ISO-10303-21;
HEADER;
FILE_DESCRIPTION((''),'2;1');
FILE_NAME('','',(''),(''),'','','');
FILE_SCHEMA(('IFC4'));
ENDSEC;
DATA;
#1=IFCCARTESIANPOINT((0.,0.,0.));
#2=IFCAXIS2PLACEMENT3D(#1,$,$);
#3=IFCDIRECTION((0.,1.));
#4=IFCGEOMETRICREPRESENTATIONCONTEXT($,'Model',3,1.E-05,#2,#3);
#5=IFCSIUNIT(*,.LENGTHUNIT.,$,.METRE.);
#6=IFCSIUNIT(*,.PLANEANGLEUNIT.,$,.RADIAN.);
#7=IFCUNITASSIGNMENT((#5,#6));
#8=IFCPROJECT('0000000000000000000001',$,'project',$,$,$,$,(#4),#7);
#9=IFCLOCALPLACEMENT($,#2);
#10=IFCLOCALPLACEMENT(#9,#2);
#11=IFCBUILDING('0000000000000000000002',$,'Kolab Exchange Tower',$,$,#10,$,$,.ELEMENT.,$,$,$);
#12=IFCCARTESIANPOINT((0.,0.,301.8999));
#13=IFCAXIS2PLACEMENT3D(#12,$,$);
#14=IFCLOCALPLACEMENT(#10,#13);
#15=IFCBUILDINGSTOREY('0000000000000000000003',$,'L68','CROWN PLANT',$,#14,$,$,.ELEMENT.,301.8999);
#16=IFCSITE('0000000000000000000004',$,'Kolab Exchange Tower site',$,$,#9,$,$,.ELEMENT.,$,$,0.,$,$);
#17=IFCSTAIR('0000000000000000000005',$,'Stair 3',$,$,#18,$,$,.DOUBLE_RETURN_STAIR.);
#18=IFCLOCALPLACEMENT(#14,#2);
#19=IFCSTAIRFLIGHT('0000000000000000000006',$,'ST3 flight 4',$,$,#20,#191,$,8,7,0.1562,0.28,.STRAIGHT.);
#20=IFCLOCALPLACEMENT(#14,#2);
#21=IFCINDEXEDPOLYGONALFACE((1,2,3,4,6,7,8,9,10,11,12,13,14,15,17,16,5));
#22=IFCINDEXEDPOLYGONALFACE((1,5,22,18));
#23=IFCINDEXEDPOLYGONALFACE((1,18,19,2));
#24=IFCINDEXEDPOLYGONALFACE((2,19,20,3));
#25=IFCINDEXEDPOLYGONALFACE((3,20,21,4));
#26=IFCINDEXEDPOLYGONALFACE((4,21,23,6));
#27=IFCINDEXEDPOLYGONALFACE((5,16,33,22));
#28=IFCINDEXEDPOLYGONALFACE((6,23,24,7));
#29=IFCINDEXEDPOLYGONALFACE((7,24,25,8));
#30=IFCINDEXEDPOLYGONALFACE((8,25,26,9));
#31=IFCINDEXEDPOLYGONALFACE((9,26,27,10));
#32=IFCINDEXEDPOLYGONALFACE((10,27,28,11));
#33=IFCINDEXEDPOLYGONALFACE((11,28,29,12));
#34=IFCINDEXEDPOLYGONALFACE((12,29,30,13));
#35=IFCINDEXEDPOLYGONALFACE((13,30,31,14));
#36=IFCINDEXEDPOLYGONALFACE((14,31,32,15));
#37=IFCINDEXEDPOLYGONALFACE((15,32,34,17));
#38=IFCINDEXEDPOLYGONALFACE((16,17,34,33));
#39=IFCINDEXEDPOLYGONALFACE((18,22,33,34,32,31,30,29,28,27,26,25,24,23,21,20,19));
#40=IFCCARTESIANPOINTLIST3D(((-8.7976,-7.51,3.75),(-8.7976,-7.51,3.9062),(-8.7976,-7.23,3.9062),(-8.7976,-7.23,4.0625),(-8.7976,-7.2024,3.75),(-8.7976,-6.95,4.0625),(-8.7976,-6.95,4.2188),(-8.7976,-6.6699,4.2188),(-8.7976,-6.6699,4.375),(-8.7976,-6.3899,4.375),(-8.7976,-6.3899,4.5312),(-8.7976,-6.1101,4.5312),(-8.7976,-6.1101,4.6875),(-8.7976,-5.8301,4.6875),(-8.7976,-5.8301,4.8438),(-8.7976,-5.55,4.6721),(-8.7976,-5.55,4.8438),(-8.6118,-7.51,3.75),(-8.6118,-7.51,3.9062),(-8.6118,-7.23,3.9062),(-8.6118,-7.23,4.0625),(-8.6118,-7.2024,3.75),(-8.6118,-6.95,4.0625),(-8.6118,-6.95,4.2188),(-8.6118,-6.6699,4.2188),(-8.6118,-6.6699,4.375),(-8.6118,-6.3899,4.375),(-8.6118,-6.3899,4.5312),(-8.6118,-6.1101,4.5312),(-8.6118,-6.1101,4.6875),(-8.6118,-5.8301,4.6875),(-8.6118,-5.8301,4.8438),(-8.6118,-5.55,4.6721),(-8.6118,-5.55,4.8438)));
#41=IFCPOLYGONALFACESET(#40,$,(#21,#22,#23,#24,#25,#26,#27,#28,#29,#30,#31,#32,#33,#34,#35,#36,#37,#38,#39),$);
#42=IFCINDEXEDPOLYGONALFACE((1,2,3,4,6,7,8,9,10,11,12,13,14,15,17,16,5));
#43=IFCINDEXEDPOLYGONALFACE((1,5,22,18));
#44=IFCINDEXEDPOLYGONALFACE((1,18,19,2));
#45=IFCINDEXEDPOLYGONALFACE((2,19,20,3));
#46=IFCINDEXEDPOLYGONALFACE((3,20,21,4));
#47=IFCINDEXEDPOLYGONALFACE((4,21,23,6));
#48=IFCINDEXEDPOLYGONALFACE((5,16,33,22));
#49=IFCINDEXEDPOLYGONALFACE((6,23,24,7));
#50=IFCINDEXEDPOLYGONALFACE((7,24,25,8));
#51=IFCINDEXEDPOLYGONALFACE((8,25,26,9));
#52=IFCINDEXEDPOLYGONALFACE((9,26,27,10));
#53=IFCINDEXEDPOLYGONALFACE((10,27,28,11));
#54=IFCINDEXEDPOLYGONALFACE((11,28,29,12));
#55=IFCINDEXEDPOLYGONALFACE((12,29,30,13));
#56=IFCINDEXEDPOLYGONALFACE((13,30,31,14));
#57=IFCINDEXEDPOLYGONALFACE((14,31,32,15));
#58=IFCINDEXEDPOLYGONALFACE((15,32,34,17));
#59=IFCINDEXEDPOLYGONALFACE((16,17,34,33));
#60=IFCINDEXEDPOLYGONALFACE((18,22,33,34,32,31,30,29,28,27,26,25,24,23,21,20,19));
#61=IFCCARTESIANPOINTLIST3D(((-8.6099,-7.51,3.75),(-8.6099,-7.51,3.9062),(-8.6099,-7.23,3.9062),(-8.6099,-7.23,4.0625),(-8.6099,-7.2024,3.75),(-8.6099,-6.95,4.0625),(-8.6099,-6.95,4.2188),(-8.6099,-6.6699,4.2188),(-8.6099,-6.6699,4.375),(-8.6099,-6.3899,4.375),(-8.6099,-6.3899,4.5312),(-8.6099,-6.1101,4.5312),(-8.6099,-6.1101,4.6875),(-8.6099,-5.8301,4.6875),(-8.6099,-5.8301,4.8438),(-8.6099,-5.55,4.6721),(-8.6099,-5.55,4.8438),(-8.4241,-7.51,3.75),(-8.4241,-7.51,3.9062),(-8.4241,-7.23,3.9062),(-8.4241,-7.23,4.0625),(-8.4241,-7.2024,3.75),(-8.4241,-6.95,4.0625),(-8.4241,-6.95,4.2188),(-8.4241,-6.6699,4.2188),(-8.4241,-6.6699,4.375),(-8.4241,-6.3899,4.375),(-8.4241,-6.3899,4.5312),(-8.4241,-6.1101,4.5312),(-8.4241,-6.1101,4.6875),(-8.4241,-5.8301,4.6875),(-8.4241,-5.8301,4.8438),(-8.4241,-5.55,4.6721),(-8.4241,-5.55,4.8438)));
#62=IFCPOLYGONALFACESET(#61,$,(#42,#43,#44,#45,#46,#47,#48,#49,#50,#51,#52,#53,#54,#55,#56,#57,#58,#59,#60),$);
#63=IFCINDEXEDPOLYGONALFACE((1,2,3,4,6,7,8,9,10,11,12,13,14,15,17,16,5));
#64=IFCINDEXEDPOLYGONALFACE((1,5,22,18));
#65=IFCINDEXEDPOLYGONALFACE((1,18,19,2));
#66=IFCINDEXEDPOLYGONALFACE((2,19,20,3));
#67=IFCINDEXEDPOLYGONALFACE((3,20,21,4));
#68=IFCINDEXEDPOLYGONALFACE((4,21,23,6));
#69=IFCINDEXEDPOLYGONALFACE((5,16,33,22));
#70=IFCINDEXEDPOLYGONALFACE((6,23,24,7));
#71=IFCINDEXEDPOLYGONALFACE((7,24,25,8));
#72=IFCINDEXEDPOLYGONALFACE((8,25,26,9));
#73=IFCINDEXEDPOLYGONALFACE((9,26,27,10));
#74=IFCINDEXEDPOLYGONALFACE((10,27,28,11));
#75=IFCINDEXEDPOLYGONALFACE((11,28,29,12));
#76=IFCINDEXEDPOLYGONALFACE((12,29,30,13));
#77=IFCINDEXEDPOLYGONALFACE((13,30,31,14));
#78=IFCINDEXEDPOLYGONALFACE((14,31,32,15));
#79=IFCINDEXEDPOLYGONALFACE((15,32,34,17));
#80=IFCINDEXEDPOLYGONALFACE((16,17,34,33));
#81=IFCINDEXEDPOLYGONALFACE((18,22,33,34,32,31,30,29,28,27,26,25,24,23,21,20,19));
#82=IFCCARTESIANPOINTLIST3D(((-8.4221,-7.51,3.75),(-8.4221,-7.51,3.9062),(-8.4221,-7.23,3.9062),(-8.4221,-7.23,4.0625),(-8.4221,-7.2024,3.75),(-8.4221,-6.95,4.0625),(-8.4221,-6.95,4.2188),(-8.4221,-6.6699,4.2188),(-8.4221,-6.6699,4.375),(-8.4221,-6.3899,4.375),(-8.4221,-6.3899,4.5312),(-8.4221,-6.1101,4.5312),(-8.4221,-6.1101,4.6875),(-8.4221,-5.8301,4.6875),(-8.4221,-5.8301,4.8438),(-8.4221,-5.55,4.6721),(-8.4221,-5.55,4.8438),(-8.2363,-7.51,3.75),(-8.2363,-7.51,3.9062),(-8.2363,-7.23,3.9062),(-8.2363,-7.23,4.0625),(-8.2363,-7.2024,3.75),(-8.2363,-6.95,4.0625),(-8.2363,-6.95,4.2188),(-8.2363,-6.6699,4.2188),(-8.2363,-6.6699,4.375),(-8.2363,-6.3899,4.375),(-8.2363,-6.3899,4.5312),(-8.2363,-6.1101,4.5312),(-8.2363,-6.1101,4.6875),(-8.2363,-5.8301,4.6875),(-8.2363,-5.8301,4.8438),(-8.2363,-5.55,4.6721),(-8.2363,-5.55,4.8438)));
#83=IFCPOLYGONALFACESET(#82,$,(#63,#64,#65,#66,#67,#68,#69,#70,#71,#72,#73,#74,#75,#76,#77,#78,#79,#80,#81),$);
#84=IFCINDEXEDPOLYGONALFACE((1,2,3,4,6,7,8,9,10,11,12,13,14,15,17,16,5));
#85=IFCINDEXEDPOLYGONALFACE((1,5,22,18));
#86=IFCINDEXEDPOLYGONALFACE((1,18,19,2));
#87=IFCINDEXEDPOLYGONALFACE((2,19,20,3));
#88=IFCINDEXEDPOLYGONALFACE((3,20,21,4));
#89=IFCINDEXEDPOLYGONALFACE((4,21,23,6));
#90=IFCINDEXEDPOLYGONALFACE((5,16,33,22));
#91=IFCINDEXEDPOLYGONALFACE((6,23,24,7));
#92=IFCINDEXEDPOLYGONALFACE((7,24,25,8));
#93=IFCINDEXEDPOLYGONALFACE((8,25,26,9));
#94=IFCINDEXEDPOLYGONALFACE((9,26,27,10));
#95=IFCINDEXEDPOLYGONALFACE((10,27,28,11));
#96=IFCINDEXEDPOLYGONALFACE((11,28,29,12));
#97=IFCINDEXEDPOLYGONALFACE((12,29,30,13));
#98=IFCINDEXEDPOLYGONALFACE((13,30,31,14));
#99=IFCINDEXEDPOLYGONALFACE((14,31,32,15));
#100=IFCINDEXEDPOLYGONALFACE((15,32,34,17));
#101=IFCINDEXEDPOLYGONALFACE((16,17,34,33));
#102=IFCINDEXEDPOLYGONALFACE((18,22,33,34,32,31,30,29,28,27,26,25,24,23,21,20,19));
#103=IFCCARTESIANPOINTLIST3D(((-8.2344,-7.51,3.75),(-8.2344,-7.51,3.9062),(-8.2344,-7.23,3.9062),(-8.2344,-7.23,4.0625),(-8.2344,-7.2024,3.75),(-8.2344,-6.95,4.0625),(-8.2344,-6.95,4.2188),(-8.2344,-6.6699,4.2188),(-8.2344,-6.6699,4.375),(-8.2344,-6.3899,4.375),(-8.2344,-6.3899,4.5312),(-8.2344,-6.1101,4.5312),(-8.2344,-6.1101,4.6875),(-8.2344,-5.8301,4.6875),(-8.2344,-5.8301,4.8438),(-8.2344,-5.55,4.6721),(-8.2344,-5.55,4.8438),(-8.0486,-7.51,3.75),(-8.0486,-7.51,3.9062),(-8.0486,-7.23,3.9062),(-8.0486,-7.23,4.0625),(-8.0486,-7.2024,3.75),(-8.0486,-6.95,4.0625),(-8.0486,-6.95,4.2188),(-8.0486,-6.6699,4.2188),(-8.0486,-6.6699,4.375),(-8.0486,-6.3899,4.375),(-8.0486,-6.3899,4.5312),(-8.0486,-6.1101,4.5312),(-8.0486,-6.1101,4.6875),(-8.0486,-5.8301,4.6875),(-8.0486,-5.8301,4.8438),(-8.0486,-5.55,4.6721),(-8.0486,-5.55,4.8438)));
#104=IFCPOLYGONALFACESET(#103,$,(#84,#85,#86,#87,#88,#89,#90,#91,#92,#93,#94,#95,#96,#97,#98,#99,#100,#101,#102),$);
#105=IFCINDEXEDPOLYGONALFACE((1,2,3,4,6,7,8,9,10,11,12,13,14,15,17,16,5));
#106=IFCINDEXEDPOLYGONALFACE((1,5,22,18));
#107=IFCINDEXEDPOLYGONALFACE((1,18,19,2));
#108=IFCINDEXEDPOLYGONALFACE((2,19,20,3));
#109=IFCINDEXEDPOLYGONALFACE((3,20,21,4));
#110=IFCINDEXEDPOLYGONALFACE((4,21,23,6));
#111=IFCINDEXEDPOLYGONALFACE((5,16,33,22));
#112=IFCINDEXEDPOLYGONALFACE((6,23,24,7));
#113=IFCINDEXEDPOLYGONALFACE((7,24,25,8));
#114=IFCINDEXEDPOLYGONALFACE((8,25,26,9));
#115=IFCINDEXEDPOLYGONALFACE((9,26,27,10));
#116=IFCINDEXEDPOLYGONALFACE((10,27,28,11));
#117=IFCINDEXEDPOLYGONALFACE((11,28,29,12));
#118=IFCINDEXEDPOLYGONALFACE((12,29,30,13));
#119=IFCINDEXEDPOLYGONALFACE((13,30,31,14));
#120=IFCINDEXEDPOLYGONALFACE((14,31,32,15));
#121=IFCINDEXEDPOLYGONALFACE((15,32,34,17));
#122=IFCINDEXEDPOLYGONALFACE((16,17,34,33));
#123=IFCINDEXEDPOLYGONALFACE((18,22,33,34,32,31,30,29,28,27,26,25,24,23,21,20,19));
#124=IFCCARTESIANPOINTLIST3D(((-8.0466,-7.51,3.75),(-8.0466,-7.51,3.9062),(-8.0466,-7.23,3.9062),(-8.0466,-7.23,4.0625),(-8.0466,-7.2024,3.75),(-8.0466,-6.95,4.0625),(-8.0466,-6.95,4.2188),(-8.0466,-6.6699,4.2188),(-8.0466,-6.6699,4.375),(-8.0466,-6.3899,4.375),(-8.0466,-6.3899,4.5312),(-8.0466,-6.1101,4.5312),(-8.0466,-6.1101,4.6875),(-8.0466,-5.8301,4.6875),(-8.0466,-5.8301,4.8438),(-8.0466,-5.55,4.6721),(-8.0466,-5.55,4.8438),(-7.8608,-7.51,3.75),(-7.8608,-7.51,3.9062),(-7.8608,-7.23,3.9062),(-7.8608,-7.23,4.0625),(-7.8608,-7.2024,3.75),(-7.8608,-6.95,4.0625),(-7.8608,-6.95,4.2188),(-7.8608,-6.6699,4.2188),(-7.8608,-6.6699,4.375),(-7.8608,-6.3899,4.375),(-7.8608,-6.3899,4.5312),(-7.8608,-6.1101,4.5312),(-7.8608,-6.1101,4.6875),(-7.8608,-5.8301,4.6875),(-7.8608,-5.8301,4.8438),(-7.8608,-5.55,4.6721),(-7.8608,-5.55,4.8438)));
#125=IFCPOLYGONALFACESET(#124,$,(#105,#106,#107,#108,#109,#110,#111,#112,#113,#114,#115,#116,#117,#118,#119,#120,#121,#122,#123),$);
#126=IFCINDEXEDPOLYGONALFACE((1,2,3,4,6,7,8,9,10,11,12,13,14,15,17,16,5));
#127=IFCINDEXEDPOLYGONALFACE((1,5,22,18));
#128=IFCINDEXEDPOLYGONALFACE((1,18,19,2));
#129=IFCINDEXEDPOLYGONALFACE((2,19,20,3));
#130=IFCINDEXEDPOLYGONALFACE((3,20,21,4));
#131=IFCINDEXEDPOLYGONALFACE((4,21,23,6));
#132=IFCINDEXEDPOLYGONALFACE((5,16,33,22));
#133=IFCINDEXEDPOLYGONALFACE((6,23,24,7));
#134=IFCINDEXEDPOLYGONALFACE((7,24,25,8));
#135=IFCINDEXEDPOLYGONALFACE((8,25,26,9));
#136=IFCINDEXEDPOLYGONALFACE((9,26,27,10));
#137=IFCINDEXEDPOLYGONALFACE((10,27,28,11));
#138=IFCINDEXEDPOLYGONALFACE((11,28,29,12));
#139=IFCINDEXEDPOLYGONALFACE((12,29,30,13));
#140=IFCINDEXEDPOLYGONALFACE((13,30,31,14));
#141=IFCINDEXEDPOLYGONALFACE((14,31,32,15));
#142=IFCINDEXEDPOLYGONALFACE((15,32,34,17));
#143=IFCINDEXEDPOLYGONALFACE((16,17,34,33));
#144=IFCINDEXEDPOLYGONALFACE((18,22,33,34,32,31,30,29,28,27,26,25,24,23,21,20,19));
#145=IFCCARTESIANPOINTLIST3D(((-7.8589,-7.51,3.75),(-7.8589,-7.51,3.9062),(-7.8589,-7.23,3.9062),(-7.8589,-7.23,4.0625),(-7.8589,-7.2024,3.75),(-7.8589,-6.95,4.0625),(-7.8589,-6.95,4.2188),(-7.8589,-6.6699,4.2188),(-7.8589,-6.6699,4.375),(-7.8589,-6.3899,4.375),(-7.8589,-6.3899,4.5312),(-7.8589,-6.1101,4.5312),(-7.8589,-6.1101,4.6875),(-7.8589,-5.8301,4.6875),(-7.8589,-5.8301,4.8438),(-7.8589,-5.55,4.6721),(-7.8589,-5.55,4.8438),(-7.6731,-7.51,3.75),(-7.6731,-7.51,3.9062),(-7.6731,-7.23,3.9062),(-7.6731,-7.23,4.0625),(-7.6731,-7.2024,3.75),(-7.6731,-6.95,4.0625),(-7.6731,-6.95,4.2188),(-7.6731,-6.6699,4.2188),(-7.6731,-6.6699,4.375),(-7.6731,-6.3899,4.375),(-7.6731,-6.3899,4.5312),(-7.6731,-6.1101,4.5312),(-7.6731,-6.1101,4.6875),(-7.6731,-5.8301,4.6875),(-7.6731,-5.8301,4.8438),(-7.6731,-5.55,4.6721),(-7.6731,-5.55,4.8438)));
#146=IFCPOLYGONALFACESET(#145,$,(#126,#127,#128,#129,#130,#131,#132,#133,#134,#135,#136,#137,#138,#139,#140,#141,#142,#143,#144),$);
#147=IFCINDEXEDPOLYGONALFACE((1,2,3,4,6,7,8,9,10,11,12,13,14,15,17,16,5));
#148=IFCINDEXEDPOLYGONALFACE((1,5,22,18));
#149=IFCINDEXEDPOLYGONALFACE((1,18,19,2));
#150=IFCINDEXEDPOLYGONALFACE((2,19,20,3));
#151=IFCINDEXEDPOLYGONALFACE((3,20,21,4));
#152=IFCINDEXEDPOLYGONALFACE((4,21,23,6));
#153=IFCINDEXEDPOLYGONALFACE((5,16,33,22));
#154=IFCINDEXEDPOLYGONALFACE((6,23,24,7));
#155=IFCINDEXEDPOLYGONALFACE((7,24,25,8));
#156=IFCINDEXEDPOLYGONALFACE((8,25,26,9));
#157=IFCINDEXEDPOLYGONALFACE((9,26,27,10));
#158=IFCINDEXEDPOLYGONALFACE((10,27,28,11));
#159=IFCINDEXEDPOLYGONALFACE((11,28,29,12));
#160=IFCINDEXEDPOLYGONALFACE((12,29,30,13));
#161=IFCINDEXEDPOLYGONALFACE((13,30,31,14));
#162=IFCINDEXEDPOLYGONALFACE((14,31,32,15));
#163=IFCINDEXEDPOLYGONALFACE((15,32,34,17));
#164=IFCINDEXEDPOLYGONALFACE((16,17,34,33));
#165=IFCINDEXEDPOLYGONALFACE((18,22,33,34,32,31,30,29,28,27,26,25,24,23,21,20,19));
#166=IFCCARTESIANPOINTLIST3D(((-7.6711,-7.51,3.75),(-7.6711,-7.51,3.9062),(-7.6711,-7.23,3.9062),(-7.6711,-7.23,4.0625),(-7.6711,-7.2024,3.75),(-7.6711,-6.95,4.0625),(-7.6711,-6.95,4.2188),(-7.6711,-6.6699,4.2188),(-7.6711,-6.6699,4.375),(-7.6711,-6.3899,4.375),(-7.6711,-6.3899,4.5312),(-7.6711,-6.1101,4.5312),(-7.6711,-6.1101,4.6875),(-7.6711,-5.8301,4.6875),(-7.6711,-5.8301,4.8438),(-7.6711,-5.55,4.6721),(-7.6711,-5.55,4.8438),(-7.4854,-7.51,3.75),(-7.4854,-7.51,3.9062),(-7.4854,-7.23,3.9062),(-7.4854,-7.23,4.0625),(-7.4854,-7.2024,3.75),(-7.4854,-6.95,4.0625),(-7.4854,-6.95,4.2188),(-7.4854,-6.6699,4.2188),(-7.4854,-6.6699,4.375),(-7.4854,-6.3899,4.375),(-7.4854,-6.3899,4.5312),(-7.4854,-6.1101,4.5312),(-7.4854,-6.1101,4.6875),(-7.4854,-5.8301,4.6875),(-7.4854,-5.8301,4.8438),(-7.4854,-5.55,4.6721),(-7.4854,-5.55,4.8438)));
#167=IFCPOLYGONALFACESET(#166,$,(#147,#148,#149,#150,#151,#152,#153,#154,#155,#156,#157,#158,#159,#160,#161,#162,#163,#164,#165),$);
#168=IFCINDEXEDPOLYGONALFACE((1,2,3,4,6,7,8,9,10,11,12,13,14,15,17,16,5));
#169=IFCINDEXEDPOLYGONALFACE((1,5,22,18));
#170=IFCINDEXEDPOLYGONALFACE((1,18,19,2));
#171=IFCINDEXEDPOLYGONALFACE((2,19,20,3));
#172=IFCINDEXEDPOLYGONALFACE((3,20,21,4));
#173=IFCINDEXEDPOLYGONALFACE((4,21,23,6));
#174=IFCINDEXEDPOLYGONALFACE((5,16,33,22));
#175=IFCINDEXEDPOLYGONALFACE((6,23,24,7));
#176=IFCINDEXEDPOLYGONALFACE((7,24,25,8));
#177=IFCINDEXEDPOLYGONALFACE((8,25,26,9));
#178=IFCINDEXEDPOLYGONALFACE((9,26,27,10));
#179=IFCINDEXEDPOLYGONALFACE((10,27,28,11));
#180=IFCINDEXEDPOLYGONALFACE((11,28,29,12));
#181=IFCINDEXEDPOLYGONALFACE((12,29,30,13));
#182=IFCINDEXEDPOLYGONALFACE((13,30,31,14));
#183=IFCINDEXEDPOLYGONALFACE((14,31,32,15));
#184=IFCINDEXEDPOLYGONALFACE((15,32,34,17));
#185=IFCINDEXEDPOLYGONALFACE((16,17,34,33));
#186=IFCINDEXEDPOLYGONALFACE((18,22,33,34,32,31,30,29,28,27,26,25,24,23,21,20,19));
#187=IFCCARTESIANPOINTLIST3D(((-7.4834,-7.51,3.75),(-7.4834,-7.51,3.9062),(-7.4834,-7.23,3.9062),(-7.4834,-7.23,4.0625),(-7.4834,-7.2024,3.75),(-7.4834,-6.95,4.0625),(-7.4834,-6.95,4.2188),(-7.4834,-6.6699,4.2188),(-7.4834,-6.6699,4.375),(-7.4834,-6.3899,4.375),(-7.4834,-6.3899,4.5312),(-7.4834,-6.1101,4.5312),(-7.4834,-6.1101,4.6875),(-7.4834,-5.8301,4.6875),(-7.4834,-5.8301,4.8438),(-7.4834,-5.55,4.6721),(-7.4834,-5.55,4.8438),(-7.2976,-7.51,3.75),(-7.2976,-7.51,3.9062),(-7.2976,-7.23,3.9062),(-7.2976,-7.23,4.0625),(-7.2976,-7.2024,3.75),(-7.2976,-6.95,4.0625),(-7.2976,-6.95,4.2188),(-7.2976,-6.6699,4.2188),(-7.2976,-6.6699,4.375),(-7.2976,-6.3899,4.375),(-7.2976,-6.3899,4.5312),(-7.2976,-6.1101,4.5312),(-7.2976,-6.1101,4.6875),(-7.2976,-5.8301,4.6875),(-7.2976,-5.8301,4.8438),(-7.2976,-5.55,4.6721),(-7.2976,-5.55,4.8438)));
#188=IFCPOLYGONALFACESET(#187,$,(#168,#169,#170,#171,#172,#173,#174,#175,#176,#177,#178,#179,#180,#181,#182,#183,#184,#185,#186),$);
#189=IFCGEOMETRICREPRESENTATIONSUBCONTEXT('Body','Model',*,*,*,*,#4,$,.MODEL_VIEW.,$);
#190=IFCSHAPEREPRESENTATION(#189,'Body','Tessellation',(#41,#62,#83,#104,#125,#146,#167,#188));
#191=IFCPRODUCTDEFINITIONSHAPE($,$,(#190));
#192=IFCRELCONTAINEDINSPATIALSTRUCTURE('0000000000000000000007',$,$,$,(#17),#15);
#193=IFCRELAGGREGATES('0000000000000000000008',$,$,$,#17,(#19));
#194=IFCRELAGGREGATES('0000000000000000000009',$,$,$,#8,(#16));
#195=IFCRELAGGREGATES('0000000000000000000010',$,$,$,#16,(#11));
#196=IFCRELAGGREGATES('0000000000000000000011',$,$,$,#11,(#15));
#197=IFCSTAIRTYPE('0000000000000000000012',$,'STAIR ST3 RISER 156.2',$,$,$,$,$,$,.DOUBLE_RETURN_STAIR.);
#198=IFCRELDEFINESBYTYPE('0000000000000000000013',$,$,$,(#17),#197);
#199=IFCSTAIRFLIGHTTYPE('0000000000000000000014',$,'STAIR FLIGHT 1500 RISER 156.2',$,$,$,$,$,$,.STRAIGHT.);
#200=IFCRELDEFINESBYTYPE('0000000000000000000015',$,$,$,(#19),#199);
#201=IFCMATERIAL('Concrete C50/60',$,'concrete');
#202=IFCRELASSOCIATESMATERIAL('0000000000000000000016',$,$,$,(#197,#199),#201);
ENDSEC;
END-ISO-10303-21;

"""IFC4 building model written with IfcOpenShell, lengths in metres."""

from ifc_helpers import new_model, si_unit, direction, frame, origin, place, context, subcontext, project, spatial, polyline, outline, extrude, material, type_object, element, aggregate, save


model = new_model("IFC4")

# Units and contexts
model_context = context("Model", 3, precision=1e-05, world=origin(), true_north=direction((0.0, 1.0)))
body_context = subcontext(model_context, "Body", "Model", "MODEL_VIEW")
ifc_project = project(units=[si_unit("LENGTHUNIT", "METRE"), si_unit("PLANEANGLEUNIT", "RADIAN")], contexts=[model_context])

# Site, building, storey
site_placement = place(None, origin())
site = spatial("IfcSite", under=ifc_project, at=site_placement, Name="Kolab Exchange Tower site", CompositionType="ELEMENT", RefElevation=0.0)
building_placement = place(site_placement, origin())
building = spatial("IfcBuilding", under=site, at=building_placement, Name="Kolab Exchange Tower", CompositionType="ELEMENT")
storey_placement = place(building_placement, frame((0.0, 0.0, 301.8999)))
storey = spatial("IfcBuildingStorey", under=building, at=storey_placement, Name="L68", Description="CROWN PLANT", CompositionType="ELEMENT", Elevation=301.8999)

# Shared definitions
ifc_material_1 = material(Name="Concrete C50/60", Category="concrete")

# Stair, stair flight
stair_type = type_object("IfcStairType", Name="STAIR ST3 RISER 156.2", PredefinedType="DOUBLE_RETURN_STAIR", material=ifc_material_1)
stair_placement = place(storey_placement, origin())
stair = element("IfcStair", 1, at=stair_placement, inside=storey, type_object=stair_type, Name="Stair 3", PredefinedType="DOUBLE_RETURN_STAIR")
stair_flight_type = type_object("IfcStairFlightType", Name="STAIR FLIGHT 1500 RISER 156.2", PredefinedType="STRAIGHT", material=ifc_material_1)
stair_flight_1_placement = place(storey_placement, frame((-8.0476, -7.51, 3.75), z_axis=(0.0, 0.0, 1.0), x_axis=(0.0, 1.0, 0.0)))
stair_flight_1 = element("IfcStairFlight", 2, at=stair_flight_1_placement, type_object=stair_flight_type, Name="ST3 flight 4", NumberOfRisers=8, NumberOfTreads=7, PredefinedType="STRAIGHT", RiserHeight=0.1562, TreadLength=0.28, context=body_context, shape_type="SweptSolid", body=[
    extrude(outline(polyline([(0.0, 0.0), (0.0, 0.1562), (0.28, 0.1562), (0.28, 0.3125), (0.5601, 0.3125), (0.5601, 0.4688), (0.8401, 0.4688), (0.8401, 0.625), (1.1201, 0.625), (1.1201, 0.7812), (1.3999, 0.7812), (1.3999, 0.9375), (1.6799, 0.9375), (1.6799, 1.0938), (1.96, 1.0938), (1.96, 1.25), (1.96, 0.9221), (0.3076, 0.0), (0.0, 0.0)])), frame((0.0, 0.75, 0.0), z_axis=(0.0, -1.0, 0.0), x_axis=(1.0, 0.0, 0.0)), (0.0, 0.0, 1.0), 0.1858),
    extrude(outline(polyline([(0.0, 0.0), (0.0, 0.1562), (0.28, 0.1562), (0.28, 0.3125), (0.5601, 0.3125), (0.5601, 0.4688), (0.8401, 0.4688), (0.8401, 0.625), (1.1201, 0.625), (1.1201, 0.7812), (1.3999, 0.7812), (1.3999, 0.9375), (1.6799, 0.9375), (1.6799, 1.0938), (1.96, 1.0938), (1.96, 1.25), (1.96, 0.9221), (0.3076, 0.0), (0.0, 0.0)])), frame((0.0, 0.5623, 0.0), z_axis=(0.0, -1.0, 0.0), x_axis=(1.0, 0.0, 0.0)), (0.0, 0.0, 1.0), 0.1858),
    extrude(outline(polyline([(0.0, 0.0), (0.0, 0.1562), (0.28, 0.1562), (0.28, 0.3125), (0.5601, 0.3125), (0.5601, 0.4688), (0.8401, 0.4688), (0.8401, 0.625), (1.1201, 0.625), (1.1201, 0.7812), (1.3999, 0.7812), (1.3999, 0.9375), (1.6799, 0.9375), (1.6799, 1.0938), (1.96, 1.0938), (1.96, 1.25), (1.96, 0.9221), (0.3076, 0.0), (0.0, 0.0)])), frame((0.0, 0.3745, 0.0), z_axis=(0.0, -1.0, 0.0), x_axis=(1.0, 0.0, 0.0)), (0.0, 0.0, 1.0), 0.1858),
    extrude(outline(polyline([(0.0, 0.0), (0.0, 0.1562), (0.28, 0.1562), (0.28, 0.3125), (0.5601, 0.3125), (0.5601, 0.4688), (0.8401, 0.4688), (0.8401, 0.625), (1.1201, 0.625), (1.1201, 0.7812), (1.3999, 0.7812), (1.3999, 0.9375), (1.6799, 0.9375), (1.6799, 1.0938), (1.96, 1.0938), (1.96, 1.25), (1.96, 0.9221), (0.3076, 0.0), (0.0, 0.0)])), frame((0.0, 0.1868, 0.0), z_axis=(0.0, -1.0, 0.0), x_axis=(1.0, 0.0, 0.0)), (0.0, 0.0, 1.0), 0.1858),
    extrude(outline(polyline([(0.0, 0.0), (0.0, 0.1562), (0.28, 0.1562), (0.28, 0.3125), (0.5601, 0.3125), (0.5601, 0.4688), (0.8401, 0.4688), (0.8401, 0.625), (1.1201, 0.625), (1.1201, 0.7812), (1.3999, 0.7812), (1.3999, 0.9375), (1.6799, 0.9375), (1.6799, 1.0938), (1.96, 1.0938), (1.96, 1.25), (1.96, 0.9221), (0.3076, 0.0), (0.0, 0.0)])), frame((0.0, -0.001, 0.0), z_axis=(0.0, -1.0, 0.0), x_axis=(1.0, 0.0, 0.0)), (0.0, 0.0, 1.0), 0.1858),
    extrude(outline(polyline([(0.0, 0.0), (0.0, 0.1562), (0.28, 0.1562), (0.28, 0.3125), (0.5601, 0.3125), (0.5601, 0.4688), (0.8401, 0.4688), (0.8401, 0.625), (1.1201, 0.625), (1.1201, 0.7812), (1.3999, 0.7812), (1.3999, 0.9375), (1.6799, 0.9375), (1.6799, 1.0938), (1.96, 1.0938), (1.96, 1.25), (1.96, 0.9221), (0.3076, 0.0), (0.0, 0.0)])), frame((0.0, -0.1887, 0.0), z_axis=(0.0, -1.0, 0.0), x_axis=(1.0, 0.0, 0.0)), (0.0, 0.0, 1.0), 0.1858),
    extrude(outline(polyline([(0.0, 0.0), (0.0, 0.1562), (0.28, 0.1562), (0.28, 0.3125), (0.5601, 0.3125), (0.5601, 0.4688), (0.8401, 0.4688), (0.8401, 0.625), (1.1201, 0.625), (1.1201, 0.7812), (1.3999, 0.7812), (1.3999, 0.9375), (1.6799, 0.9375), (1.6799, 1.0938), (1.96, 1.0938), (1.96, 1.25), (1.96, 0.9221), (0.3076, 0.0), (0.0, 0.0)])), frame((0.0, -0.3765, 0.0), z_axis=(0.0, -1.0, 0.0), x_axis=(1.0, 0.0, 0.0)), (0.0, 0.0, 1.0), 0.1858),
    extrude(outline(polyline([(0.0, 0.0), (0.0, 0.1562), (0.28, 0.1562), (0.28, 0.3125), (0.5601, 0.3125), (0.5601, 0.4688), (0.8401, 0.4688), (0.8401, 0.625), (1.1201, 0.625), (1.1201, 0.7812), (1.3999, 0.7812), (1.3999, 0.9375), (1.6799, 0.9375), (1.6799, 1.0938), (1.96, 1.0938), (1.96, 1.25), (1.96, 0.9221), (0.3076, 0.0), (0.0, 0.0)])), frame((0.0, -0.5642, 0.0), z_axis=(0.0, -1.0, 0.0), x_axis=(1.0, 0.0, 0.0)), (0.0, 0.0, 1.0), 0.1858),
])
aggregate(stair, [stair_flight_1])

save(model, "model.ifc")
